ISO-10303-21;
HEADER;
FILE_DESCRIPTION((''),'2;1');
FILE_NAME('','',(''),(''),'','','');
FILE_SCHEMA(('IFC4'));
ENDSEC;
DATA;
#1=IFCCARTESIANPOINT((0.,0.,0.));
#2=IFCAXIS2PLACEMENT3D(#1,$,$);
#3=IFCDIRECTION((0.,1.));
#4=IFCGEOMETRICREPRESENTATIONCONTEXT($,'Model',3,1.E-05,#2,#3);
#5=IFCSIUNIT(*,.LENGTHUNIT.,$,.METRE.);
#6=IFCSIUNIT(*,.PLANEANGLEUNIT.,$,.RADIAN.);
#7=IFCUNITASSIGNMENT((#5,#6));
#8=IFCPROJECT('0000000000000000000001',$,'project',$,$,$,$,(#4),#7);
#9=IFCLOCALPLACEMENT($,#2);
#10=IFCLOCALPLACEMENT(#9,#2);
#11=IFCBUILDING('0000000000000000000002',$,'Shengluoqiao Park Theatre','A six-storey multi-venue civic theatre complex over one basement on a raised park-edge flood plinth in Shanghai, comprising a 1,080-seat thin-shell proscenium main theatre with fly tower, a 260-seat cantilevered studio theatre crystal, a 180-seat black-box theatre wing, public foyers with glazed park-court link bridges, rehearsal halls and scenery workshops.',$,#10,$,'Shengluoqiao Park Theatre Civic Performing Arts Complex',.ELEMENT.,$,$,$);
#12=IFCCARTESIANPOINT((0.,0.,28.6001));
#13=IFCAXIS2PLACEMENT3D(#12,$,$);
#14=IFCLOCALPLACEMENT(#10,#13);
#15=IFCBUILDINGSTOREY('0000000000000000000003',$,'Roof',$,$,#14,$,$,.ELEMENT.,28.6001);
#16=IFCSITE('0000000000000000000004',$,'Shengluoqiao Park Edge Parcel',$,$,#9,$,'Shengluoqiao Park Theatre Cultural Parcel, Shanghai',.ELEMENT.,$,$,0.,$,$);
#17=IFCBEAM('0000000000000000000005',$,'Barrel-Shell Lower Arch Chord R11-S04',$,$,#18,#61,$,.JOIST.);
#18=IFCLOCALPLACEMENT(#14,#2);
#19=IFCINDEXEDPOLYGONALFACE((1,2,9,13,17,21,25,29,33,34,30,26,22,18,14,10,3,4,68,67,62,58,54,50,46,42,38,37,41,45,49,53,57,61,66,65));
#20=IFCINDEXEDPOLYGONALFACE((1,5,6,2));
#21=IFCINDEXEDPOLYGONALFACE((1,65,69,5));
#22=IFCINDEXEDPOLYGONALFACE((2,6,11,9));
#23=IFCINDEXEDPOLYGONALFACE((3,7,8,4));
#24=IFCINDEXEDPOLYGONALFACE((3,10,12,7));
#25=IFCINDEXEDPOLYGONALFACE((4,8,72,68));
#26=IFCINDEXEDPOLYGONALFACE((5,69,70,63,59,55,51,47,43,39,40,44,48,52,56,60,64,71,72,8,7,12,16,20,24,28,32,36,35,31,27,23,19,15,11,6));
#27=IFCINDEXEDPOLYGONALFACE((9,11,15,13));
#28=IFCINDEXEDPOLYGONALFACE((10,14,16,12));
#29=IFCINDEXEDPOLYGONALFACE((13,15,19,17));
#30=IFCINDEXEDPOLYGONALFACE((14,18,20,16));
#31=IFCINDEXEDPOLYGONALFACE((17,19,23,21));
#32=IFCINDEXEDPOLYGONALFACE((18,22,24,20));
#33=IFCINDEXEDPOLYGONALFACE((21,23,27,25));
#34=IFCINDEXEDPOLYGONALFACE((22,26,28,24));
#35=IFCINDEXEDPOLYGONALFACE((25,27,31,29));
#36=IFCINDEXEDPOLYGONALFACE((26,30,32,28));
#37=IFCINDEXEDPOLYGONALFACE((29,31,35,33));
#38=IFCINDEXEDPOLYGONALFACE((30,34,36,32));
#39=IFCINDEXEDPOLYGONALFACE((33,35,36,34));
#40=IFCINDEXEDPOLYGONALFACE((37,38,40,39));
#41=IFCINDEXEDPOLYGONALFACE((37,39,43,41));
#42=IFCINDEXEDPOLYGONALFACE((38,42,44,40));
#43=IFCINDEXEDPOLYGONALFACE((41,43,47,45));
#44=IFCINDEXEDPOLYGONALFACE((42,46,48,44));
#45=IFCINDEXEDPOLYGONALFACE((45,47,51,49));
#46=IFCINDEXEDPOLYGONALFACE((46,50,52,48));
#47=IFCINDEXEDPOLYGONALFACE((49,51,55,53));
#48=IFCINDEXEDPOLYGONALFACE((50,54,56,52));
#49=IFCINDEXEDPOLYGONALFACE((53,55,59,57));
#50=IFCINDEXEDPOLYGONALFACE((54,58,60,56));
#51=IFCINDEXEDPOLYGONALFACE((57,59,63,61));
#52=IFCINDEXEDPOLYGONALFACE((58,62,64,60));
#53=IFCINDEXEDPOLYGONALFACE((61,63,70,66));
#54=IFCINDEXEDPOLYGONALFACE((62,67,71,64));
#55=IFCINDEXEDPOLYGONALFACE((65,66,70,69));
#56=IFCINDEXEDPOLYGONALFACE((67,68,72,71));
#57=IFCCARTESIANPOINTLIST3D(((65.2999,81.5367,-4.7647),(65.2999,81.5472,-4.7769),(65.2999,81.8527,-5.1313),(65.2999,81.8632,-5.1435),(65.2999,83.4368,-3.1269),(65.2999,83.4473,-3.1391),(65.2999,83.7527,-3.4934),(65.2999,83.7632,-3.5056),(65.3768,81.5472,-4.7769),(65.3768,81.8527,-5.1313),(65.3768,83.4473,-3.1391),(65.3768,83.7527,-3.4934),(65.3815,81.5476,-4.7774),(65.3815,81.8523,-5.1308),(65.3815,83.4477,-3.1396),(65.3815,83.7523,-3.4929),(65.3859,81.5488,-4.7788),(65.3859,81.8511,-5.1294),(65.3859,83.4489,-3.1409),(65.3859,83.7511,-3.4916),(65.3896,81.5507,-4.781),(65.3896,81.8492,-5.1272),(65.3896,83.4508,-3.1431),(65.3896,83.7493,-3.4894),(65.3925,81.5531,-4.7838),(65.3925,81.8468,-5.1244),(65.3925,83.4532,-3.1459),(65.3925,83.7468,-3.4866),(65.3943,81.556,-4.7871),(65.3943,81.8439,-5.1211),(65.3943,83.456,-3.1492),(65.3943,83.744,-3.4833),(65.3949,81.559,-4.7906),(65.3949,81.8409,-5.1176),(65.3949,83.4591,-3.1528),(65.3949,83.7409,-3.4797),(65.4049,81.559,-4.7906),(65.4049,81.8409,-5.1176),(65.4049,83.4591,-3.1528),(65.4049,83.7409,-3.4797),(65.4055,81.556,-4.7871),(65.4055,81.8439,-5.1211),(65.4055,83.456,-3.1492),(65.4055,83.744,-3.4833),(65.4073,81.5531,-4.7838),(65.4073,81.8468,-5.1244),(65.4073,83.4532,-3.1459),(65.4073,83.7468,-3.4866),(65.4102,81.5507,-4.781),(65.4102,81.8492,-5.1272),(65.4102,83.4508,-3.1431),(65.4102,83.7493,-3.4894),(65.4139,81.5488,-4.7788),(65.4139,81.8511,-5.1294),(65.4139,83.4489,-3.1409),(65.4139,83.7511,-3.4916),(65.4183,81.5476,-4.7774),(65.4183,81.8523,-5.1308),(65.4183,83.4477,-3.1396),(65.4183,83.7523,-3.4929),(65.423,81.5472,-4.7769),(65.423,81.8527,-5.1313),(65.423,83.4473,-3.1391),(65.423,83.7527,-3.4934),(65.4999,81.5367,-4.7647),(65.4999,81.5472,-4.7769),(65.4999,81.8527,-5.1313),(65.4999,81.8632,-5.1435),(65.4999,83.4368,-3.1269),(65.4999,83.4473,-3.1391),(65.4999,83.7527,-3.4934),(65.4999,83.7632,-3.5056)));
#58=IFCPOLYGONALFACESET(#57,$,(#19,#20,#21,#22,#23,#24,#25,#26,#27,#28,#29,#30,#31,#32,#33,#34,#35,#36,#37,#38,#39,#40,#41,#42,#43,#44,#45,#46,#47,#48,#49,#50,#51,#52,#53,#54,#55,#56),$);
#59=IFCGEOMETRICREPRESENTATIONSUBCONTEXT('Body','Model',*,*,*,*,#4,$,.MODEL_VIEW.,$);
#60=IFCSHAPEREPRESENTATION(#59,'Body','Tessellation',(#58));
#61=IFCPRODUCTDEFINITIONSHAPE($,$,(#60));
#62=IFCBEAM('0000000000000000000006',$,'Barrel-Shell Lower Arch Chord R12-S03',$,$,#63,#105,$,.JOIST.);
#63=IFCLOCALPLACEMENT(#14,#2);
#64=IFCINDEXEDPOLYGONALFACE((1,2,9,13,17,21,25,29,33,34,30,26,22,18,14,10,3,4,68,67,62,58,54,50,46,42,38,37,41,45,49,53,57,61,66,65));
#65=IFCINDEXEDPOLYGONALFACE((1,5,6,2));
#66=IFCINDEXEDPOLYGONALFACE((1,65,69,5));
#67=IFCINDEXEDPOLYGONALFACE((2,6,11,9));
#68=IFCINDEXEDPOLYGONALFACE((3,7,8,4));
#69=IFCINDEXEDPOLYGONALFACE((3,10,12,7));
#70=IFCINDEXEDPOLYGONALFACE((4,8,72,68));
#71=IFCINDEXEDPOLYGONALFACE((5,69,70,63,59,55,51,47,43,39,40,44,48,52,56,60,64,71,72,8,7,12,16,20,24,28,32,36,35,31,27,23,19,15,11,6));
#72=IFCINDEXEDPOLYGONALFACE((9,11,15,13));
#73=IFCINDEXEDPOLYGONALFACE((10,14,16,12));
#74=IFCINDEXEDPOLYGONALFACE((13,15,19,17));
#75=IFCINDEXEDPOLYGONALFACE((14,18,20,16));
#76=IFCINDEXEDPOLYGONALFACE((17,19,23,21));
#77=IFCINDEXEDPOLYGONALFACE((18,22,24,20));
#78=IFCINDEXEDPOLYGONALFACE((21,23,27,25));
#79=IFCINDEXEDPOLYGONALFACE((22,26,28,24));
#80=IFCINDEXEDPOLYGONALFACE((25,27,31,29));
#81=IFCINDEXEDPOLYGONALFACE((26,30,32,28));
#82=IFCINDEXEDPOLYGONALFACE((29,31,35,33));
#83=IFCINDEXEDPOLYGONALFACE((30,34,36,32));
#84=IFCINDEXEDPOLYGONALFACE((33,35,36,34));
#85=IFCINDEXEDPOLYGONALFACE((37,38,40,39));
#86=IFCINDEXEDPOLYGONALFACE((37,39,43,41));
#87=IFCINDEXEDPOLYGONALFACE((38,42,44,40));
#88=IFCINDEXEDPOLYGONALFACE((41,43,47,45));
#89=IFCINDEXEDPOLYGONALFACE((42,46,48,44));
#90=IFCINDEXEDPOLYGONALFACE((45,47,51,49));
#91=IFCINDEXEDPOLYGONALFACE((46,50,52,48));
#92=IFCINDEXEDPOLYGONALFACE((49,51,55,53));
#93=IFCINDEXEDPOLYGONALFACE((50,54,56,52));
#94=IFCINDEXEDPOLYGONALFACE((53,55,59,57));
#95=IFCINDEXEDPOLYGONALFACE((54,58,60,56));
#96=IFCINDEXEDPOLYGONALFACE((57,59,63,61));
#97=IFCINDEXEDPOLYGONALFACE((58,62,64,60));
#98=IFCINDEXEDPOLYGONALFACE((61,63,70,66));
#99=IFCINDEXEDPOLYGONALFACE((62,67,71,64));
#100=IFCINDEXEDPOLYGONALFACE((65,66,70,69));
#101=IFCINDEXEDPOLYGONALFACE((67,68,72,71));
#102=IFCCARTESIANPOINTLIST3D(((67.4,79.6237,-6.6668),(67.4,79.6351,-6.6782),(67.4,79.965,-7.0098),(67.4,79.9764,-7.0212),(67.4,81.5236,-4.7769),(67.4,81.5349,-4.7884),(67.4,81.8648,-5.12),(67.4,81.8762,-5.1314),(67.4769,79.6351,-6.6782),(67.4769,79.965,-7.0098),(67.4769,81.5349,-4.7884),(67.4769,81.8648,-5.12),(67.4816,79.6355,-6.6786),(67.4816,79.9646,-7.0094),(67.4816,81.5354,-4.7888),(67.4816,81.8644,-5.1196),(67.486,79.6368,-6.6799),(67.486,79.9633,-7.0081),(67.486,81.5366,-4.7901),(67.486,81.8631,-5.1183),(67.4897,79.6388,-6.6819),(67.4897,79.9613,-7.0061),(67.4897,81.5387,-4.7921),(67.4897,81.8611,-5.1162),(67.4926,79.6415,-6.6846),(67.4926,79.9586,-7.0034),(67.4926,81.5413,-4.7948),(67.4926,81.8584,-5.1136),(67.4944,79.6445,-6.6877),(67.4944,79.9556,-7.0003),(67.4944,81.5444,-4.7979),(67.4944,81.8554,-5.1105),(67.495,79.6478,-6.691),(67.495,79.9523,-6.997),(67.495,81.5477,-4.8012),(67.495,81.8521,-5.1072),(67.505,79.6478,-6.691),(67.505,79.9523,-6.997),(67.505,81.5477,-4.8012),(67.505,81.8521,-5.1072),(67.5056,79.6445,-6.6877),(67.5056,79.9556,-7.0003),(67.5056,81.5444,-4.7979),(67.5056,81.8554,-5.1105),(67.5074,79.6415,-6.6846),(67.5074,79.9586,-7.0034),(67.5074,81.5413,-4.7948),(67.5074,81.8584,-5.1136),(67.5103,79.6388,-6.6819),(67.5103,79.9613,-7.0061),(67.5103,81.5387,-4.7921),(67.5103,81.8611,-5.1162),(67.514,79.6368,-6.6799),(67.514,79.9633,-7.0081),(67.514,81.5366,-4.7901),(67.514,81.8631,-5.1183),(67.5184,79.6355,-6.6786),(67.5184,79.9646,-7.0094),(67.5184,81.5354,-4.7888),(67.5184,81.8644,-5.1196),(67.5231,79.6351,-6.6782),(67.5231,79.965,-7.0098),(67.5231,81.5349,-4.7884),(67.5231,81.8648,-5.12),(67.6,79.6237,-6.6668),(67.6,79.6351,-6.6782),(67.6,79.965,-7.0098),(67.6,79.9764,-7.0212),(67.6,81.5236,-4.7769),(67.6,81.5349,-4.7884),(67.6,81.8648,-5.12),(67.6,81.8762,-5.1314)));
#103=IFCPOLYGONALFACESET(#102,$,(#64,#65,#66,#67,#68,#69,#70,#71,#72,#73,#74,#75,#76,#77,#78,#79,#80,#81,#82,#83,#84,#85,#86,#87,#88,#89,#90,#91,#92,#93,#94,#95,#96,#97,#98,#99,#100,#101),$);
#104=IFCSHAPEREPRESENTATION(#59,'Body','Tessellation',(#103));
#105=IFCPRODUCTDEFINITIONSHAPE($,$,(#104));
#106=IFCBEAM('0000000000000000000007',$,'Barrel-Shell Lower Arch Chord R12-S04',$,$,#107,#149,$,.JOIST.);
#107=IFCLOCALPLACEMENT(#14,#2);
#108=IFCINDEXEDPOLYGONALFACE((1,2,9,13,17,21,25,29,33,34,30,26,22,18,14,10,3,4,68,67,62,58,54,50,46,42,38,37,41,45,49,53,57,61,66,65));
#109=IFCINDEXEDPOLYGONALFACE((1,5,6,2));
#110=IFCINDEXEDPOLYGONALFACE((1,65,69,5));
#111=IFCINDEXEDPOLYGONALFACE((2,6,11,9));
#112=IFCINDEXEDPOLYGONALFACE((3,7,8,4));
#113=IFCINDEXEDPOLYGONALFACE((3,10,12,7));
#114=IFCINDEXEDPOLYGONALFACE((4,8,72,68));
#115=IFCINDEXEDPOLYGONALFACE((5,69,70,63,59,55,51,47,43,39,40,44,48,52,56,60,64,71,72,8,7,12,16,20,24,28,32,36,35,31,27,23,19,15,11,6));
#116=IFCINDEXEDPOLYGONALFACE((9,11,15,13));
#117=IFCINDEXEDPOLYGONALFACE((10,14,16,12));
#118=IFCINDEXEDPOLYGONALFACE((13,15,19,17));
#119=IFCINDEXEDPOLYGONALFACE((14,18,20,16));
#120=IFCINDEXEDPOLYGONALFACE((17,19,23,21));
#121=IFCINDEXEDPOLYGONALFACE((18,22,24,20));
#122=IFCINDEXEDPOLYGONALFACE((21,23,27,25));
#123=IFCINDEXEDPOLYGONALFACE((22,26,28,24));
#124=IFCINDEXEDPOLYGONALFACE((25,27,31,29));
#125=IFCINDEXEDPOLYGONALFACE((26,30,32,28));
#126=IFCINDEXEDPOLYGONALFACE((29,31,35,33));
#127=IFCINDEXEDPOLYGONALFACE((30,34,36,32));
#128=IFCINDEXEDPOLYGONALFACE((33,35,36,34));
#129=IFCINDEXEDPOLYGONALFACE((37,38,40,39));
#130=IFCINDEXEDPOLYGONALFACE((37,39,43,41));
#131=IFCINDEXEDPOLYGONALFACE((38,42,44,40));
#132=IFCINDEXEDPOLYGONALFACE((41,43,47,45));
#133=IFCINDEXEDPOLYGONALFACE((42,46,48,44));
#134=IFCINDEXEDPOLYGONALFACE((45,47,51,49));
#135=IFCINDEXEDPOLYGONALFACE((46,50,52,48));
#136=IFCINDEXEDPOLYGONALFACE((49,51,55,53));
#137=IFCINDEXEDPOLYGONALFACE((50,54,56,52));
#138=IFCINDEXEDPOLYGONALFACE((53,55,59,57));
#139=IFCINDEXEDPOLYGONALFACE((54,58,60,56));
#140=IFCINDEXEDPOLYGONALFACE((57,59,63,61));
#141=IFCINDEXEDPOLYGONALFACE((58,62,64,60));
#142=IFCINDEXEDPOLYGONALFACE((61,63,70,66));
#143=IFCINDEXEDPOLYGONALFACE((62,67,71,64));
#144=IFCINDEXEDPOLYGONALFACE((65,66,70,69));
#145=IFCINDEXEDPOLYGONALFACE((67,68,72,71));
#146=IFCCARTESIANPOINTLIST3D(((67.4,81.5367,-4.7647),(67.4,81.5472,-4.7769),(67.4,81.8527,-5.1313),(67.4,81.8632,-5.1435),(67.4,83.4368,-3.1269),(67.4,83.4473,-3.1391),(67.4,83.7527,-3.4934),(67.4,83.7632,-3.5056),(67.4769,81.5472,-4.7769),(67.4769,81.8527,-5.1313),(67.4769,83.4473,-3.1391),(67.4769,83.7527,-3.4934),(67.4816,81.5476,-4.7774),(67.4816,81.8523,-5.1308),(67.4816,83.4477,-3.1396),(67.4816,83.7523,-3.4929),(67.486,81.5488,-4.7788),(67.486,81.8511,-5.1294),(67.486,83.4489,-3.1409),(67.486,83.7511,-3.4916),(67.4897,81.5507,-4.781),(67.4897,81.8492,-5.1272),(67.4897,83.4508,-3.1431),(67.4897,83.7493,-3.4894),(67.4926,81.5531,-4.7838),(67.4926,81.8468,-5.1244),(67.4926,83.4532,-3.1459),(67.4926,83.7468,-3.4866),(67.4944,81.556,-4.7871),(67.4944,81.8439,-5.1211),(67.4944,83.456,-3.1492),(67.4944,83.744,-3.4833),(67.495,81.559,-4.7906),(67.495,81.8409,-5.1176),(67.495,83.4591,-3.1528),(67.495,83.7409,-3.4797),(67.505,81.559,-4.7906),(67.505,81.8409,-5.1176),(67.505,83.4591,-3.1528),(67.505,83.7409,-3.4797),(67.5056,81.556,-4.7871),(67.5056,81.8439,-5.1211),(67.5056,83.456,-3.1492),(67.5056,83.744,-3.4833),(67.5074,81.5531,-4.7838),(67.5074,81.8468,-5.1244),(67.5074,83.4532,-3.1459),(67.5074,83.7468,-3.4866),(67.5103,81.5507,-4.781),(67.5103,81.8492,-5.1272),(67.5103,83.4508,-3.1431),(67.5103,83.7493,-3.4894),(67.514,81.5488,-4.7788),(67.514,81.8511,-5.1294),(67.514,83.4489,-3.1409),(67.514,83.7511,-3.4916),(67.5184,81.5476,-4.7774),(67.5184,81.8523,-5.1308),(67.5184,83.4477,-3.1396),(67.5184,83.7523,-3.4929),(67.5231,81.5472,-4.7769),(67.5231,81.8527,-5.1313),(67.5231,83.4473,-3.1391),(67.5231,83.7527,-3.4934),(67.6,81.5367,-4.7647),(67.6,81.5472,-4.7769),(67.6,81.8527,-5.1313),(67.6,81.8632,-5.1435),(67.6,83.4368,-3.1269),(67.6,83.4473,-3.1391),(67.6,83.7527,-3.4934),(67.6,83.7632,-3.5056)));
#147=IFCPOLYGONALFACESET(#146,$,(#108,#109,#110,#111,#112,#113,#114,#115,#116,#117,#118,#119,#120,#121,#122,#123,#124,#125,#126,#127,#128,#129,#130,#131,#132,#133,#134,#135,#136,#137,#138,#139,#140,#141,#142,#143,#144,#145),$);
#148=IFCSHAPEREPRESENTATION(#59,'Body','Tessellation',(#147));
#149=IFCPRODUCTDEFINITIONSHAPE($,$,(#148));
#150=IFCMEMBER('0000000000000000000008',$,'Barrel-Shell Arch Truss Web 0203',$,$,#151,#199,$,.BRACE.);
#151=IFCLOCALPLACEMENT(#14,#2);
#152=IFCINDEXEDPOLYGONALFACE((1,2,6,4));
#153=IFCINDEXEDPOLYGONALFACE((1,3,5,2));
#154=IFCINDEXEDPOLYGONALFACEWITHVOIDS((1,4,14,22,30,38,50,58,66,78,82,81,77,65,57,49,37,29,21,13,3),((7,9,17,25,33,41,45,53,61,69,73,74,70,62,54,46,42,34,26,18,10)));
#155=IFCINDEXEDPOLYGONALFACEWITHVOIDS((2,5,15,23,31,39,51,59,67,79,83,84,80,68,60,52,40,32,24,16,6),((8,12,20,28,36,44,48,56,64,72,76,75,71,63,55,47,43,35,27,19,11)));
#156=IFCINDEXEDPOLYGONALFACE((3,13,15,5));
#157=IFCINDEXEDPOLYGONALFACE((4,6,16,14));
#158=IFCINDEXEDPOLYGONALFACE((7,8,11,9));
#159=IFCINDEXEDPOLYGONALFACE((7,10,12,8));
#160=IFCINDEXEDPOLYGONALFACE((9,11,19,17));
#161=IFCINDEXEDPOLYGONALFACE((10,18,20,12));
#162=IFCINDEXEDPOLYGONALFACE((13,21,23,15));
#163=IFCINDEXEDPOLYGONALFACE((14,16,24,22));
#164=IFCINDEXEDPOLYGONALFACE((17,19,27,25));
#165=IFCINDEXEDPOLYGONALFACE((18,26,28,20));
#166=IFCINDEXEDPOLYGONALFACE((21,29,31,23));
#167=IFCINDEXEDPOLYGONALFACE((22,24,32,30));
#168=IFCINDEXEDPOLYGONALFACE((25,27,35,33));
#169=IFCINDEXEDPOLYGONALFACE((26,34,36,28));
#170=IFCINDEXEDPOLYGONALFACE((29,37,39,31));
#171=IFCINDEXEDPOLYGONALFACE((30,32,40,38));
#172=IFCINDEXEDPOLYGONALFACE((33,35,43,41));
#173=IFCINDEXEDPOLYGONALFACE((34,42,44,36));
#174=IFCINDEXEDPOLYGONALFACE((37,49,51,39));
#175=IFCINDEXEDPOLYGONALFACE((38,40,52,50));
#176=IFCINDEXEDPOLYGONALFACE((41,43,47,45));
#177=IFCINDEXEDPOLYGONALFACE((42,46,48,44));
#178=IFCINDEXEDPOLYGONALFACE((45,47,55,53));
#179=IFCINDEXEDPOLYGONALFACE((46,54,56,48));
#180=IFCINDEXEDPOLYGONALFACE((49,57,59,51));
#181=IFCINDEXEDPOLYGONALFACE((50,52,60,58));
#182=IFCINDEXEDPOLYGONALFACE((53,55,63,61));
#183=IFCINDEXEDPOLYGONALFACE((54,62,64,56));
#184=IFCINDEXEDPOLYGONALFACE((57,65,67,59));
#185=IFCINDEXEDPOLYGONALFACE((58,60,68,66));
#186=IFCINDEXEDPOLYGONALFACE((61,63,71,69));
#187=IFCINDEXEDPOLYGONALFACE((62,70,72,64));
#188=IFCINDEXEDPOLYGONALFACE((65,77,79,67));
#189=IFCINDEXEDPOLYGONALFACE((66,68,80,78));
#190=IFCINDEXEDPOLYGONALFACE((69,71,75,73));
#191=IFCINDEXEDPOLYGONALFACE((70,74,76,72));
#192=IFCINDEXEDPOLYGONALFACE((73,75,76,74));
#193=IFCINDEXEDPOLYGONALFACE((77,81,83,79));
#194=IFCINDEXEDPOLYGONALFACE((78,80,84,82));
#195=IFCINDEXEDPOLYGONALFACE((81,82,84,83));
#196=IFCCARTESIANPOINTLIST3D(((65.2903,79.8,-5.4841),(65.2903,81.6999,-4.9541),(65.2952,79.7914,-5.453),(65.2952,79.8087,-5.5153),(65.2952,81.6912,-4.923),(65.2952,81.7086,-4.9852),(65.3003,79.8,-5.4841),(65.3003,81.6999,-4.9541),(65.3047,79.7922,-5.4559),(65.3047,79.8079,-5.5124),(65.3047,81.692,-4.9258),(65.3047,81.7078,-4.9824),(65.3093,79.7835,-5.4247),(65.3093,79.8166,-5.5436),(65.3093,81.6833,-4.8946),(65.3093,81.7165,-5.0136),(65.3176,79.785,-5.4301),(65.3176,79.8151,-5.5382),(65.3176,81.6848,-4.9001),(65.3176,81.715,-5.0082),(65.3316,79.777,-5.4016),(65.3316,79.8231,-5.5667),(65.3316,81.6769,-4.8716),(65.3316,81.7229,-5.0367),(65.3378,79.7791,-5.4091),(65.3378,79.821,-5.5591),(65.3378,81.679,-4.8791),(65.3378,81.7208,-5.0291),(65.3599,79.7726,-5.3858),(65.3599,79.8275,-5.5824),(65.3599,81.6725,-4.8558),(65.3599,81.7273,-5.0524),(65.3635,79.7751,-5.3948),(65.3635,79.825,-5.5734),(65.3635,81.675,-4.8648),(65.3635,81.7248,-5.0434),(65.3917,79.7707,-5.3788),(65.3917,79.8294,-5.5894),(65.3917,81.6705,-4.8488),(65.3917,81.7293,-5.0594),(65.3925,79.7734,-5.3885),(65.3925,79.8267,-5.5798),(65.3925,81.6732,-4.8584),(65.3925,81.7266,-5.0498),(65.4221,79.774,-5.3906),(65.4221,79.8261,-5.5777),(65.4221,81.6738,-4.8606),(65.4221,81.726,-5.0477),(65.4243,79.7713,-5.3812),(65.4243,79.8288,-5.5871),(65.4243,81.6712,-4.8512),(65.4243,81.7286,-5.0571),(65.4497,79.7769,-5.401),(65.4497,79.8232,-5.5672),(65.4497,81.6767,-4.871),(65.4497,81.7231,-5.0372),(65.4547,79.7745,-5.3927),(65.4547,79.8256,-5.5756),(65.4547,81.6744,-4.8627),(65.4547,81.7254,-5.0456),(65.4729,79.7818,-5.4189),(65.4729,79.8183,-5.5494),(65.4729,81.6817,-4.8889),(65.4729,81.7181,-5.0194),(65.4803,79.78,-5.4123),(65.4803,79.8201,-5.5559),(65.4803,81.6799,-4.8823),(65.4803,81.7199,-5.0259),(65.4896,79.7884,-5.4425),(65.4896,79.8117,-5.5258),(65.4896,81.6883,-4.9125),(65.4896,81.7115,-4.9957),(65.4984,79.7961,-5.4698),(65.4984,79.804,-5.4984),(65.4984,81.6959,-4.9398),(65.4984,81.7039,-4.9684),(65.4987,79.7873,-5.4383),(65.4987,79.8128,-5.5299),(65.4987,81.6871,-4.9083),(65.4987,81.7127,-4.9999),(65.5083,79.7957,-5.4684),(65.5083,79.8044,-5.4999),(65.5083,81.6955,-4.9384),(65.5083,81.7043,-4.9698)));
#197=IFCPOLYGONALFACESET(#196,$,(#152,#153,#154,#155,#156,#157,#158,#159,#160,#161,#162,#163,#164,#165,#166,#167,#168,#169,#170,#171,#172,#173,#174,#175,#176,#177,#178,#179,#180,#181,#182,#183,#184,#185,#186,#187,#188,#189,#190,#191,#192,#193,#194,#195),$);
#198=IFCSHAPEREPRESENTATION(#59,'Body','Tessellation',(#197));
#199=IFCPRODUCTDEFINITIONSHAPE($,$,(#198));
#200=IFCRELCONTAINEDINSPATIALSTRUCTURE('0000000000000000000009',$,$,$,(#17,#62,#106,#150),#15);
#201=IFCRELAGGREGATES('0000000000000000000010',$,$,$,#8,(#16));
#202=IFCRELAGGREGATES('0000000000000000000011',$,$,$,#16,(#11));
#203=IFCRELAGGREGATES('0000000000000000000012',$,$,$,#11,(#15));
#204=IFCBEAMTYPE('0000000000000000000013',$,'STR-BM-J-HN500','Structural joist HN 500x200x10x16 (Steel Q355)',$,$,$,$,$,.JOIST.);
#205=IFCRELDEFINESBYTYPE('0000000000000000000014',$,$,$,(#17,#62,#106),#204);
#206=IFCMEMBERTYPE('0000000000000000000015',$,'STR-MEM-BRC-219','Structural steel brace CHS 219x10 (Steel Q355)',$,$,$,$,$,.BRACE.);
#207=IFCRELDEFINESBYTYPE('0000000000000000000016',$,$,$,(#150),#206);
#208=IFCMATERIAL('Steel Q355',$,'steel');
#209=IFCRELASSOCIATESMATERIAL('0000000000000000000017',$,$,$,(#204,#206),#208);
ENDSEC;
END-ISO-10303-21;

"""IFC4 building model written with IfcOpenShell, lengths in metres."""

from ifc_helpers import new_model, si_unit, direction, frame, origin, origin_2d, place, context, subcontext, project, spatial, hollow_circle, i_section, extrude, material, material_profile, profile_set, type_object, element, save


model = new_model("IFC4")

# Units and contexts
model_context = context("Model", 3, precision=1e-05, world=origin(), true_north=direction((0.0, 1.0)))
body_context = subcontext(model_context, "Body", "Model", "MODEL_VIEW")
ifc_project = project(units=[si_unit("LENGTHUNIT", "METRE"), si_unit("PLANEANGLEUNIT", "RADIAN")], contexts=[model_context])

# Site, building, storey
site_placement = place(None, origin())
site = spatial("IfcSite", under=ifc_project, at=site_placement, Name="Shengluoqiao Park Edge Parcel", LongName="Shengluoqiao Park Theatre Cultural Parcel, Shanghai", CompositionType="ELEMENT", RefElevation=0.0)
building_placement = place(site_placement, origin())
building = spatial("IfcBuilding", under=site, at=building_placement, Name="Shengluoqiao Park Theatre", Description="A six-storey multi-venue civic theatre complex over one basement on a raised park-edge flood plinth in Shanghai, comprising a 1,080-seat thin-shell proscenium main theatre with fly tower, a 260-seat cantilevered studio theatre crystal, a 180-seat black-box theatre wing, public foyers with glazed park-court link bridges, rehearsal halls and scenery workshops.", LongName="Shengluoqiao Park Theatre Civic Performing Arts Complex", CompositionType="ELEMENT")
storey_placement = place(building_placement, frame((0.0, 0.0, 28.6001)))
storey = spatial("IfcBuildingStorey", under=building, at=storey_placement, Name="Roof", CompositionType="ELEMENT", Elevation=28.6001)

# Beams
ifc_material_1 = material(Name="Steel Q355", Category="steel")
ifc_material_profile_1 = material_profile(ifc_material_1, i_section(OverallWidth=0.2, OverallDepth=0.5, WebThickness=0.01, FlangeThickness=0.0161, FilletRadius=0.0181, at=origin_2d()), Name="HN 500x200x10x16")
ifc_profile_set_1 = profile_set([ifc_material_profile_1], Name="Steel Q355")
beam_type_1 = type_object("IfcBeamType", Name="STR-BM-J-HN500", Description="Structural joist HN 500x200x10x16 (Steel Q355)", PredefinedType="JOIST", material=ifc_profile_set_1)
beam_1_placement = place(storey_placement, frame((65.3999, 81.7, -4.9541), z_axis=(0.0, 0.757433, 0.652913), x_axis=(-1.0, 0.0, 0.0)))
element("IfcBeam", 1, at=beam_1_placement, inside=storey, type_object=beam_type_1, Name="Barrel-Shell Lower Arch Chord R11-S04", PredefinedType="JOIST", context=body_context, shape_type="SweptSolid", body=[
    extrude(i_section(OverallWidth=0.2, OverallDepth=0.5, WebThickness=0.01, FlangeThickness=0.0161, FilletRadius=0.0181, at=origin_2d()), origin(), (0.0, 0.0, 1.0), 2.5085),
])
beam_2_placement = place(storey_placement, frame((67.5, 79.8, -6.844), z_axis=(0.0, 0.708972, 0.705237), x_axis=(-1.0, 0.0, 0.0)))
element("IfcBeam", 2, at=beam_2_placement, inside=storey, type_object=beam_type_1, Name="Barrel-Shell Lower Arch Chord R12-S03", PredefinedType="JOIST", context=body_context, shape_type="SweptSolid", body=[
    extrude(i_section(OverallWidth=0.2, OverallDepth=0.5, WebThickness=0.01, FlangeThickness=0.0161, FilletRadius=0.0181, at=origin_2d()), origin(), (0.0, 0.0, 1.0), 2.6797),
])
beam_3_placement = place(storey_placement, frame((67.5, 81.7, -4.9541), z_axis=(0.0, 0.757433, 0.652913), x_axis=(-1.0, 0.0, 0.0)))
element("IfcBeam", 3, at=beam_3_placement, inside=storey, type_object=beam_type_1, Name="Barrel-Shell Lower Arch Chord R12-S04", PredefinedType="JOIST", context=body_context, shape_type="SweptSolid", body=[
    extrude(i_section(OverallWidth=0.2, OverallDepth=0.5, WebThickness=0.01, FlangeThickness=0.0161, FilletRadius=0.0181, at=origin_2d()), origin(), (0.0, 0.0, 1.0), 2.5085),
])

# Member
ifc_material_profile_2 = material_profile(ifc_material_1, hollow_circle(Radius=0.1096, WallThickness=0.01, at=origin_2d()), Name="CHS 219x10")
ifc_profile_set_2 = profile_set([ifc_material_profile_2], Name="Steel Q355")
member_type_1 = type_object("IfcMemberType", Name="STR-MEM-BRC-219", Description="Structural steel brace CHS 219x10 (Steel Q355)", PredefinedType="BRACE", material=ifc_profile_set_2)
member_1_placement = place(storey_placement, frame((65.3999, 79.8, -5.4841), z_axis=(0.0, 0.963219, 0.268716), x_axis=(-1.0, 0.0, 0.0)))
element("IfcMember", 4, at=member_1_placement, inside=storey, type_object=member_type_1, Name="Barrel-Shell Arch Truss Web 0203", PredefinedType="BRACE", context=body_context, shape_type="SweptSolid", body=[
    extrude(hollow_circle(Radius=0.1096, WallThickness=0.01, at=origin_2d()), origin(), (0.0, 0.0, 1.0), 1.9724),
])

save(model, "model.ifc")
